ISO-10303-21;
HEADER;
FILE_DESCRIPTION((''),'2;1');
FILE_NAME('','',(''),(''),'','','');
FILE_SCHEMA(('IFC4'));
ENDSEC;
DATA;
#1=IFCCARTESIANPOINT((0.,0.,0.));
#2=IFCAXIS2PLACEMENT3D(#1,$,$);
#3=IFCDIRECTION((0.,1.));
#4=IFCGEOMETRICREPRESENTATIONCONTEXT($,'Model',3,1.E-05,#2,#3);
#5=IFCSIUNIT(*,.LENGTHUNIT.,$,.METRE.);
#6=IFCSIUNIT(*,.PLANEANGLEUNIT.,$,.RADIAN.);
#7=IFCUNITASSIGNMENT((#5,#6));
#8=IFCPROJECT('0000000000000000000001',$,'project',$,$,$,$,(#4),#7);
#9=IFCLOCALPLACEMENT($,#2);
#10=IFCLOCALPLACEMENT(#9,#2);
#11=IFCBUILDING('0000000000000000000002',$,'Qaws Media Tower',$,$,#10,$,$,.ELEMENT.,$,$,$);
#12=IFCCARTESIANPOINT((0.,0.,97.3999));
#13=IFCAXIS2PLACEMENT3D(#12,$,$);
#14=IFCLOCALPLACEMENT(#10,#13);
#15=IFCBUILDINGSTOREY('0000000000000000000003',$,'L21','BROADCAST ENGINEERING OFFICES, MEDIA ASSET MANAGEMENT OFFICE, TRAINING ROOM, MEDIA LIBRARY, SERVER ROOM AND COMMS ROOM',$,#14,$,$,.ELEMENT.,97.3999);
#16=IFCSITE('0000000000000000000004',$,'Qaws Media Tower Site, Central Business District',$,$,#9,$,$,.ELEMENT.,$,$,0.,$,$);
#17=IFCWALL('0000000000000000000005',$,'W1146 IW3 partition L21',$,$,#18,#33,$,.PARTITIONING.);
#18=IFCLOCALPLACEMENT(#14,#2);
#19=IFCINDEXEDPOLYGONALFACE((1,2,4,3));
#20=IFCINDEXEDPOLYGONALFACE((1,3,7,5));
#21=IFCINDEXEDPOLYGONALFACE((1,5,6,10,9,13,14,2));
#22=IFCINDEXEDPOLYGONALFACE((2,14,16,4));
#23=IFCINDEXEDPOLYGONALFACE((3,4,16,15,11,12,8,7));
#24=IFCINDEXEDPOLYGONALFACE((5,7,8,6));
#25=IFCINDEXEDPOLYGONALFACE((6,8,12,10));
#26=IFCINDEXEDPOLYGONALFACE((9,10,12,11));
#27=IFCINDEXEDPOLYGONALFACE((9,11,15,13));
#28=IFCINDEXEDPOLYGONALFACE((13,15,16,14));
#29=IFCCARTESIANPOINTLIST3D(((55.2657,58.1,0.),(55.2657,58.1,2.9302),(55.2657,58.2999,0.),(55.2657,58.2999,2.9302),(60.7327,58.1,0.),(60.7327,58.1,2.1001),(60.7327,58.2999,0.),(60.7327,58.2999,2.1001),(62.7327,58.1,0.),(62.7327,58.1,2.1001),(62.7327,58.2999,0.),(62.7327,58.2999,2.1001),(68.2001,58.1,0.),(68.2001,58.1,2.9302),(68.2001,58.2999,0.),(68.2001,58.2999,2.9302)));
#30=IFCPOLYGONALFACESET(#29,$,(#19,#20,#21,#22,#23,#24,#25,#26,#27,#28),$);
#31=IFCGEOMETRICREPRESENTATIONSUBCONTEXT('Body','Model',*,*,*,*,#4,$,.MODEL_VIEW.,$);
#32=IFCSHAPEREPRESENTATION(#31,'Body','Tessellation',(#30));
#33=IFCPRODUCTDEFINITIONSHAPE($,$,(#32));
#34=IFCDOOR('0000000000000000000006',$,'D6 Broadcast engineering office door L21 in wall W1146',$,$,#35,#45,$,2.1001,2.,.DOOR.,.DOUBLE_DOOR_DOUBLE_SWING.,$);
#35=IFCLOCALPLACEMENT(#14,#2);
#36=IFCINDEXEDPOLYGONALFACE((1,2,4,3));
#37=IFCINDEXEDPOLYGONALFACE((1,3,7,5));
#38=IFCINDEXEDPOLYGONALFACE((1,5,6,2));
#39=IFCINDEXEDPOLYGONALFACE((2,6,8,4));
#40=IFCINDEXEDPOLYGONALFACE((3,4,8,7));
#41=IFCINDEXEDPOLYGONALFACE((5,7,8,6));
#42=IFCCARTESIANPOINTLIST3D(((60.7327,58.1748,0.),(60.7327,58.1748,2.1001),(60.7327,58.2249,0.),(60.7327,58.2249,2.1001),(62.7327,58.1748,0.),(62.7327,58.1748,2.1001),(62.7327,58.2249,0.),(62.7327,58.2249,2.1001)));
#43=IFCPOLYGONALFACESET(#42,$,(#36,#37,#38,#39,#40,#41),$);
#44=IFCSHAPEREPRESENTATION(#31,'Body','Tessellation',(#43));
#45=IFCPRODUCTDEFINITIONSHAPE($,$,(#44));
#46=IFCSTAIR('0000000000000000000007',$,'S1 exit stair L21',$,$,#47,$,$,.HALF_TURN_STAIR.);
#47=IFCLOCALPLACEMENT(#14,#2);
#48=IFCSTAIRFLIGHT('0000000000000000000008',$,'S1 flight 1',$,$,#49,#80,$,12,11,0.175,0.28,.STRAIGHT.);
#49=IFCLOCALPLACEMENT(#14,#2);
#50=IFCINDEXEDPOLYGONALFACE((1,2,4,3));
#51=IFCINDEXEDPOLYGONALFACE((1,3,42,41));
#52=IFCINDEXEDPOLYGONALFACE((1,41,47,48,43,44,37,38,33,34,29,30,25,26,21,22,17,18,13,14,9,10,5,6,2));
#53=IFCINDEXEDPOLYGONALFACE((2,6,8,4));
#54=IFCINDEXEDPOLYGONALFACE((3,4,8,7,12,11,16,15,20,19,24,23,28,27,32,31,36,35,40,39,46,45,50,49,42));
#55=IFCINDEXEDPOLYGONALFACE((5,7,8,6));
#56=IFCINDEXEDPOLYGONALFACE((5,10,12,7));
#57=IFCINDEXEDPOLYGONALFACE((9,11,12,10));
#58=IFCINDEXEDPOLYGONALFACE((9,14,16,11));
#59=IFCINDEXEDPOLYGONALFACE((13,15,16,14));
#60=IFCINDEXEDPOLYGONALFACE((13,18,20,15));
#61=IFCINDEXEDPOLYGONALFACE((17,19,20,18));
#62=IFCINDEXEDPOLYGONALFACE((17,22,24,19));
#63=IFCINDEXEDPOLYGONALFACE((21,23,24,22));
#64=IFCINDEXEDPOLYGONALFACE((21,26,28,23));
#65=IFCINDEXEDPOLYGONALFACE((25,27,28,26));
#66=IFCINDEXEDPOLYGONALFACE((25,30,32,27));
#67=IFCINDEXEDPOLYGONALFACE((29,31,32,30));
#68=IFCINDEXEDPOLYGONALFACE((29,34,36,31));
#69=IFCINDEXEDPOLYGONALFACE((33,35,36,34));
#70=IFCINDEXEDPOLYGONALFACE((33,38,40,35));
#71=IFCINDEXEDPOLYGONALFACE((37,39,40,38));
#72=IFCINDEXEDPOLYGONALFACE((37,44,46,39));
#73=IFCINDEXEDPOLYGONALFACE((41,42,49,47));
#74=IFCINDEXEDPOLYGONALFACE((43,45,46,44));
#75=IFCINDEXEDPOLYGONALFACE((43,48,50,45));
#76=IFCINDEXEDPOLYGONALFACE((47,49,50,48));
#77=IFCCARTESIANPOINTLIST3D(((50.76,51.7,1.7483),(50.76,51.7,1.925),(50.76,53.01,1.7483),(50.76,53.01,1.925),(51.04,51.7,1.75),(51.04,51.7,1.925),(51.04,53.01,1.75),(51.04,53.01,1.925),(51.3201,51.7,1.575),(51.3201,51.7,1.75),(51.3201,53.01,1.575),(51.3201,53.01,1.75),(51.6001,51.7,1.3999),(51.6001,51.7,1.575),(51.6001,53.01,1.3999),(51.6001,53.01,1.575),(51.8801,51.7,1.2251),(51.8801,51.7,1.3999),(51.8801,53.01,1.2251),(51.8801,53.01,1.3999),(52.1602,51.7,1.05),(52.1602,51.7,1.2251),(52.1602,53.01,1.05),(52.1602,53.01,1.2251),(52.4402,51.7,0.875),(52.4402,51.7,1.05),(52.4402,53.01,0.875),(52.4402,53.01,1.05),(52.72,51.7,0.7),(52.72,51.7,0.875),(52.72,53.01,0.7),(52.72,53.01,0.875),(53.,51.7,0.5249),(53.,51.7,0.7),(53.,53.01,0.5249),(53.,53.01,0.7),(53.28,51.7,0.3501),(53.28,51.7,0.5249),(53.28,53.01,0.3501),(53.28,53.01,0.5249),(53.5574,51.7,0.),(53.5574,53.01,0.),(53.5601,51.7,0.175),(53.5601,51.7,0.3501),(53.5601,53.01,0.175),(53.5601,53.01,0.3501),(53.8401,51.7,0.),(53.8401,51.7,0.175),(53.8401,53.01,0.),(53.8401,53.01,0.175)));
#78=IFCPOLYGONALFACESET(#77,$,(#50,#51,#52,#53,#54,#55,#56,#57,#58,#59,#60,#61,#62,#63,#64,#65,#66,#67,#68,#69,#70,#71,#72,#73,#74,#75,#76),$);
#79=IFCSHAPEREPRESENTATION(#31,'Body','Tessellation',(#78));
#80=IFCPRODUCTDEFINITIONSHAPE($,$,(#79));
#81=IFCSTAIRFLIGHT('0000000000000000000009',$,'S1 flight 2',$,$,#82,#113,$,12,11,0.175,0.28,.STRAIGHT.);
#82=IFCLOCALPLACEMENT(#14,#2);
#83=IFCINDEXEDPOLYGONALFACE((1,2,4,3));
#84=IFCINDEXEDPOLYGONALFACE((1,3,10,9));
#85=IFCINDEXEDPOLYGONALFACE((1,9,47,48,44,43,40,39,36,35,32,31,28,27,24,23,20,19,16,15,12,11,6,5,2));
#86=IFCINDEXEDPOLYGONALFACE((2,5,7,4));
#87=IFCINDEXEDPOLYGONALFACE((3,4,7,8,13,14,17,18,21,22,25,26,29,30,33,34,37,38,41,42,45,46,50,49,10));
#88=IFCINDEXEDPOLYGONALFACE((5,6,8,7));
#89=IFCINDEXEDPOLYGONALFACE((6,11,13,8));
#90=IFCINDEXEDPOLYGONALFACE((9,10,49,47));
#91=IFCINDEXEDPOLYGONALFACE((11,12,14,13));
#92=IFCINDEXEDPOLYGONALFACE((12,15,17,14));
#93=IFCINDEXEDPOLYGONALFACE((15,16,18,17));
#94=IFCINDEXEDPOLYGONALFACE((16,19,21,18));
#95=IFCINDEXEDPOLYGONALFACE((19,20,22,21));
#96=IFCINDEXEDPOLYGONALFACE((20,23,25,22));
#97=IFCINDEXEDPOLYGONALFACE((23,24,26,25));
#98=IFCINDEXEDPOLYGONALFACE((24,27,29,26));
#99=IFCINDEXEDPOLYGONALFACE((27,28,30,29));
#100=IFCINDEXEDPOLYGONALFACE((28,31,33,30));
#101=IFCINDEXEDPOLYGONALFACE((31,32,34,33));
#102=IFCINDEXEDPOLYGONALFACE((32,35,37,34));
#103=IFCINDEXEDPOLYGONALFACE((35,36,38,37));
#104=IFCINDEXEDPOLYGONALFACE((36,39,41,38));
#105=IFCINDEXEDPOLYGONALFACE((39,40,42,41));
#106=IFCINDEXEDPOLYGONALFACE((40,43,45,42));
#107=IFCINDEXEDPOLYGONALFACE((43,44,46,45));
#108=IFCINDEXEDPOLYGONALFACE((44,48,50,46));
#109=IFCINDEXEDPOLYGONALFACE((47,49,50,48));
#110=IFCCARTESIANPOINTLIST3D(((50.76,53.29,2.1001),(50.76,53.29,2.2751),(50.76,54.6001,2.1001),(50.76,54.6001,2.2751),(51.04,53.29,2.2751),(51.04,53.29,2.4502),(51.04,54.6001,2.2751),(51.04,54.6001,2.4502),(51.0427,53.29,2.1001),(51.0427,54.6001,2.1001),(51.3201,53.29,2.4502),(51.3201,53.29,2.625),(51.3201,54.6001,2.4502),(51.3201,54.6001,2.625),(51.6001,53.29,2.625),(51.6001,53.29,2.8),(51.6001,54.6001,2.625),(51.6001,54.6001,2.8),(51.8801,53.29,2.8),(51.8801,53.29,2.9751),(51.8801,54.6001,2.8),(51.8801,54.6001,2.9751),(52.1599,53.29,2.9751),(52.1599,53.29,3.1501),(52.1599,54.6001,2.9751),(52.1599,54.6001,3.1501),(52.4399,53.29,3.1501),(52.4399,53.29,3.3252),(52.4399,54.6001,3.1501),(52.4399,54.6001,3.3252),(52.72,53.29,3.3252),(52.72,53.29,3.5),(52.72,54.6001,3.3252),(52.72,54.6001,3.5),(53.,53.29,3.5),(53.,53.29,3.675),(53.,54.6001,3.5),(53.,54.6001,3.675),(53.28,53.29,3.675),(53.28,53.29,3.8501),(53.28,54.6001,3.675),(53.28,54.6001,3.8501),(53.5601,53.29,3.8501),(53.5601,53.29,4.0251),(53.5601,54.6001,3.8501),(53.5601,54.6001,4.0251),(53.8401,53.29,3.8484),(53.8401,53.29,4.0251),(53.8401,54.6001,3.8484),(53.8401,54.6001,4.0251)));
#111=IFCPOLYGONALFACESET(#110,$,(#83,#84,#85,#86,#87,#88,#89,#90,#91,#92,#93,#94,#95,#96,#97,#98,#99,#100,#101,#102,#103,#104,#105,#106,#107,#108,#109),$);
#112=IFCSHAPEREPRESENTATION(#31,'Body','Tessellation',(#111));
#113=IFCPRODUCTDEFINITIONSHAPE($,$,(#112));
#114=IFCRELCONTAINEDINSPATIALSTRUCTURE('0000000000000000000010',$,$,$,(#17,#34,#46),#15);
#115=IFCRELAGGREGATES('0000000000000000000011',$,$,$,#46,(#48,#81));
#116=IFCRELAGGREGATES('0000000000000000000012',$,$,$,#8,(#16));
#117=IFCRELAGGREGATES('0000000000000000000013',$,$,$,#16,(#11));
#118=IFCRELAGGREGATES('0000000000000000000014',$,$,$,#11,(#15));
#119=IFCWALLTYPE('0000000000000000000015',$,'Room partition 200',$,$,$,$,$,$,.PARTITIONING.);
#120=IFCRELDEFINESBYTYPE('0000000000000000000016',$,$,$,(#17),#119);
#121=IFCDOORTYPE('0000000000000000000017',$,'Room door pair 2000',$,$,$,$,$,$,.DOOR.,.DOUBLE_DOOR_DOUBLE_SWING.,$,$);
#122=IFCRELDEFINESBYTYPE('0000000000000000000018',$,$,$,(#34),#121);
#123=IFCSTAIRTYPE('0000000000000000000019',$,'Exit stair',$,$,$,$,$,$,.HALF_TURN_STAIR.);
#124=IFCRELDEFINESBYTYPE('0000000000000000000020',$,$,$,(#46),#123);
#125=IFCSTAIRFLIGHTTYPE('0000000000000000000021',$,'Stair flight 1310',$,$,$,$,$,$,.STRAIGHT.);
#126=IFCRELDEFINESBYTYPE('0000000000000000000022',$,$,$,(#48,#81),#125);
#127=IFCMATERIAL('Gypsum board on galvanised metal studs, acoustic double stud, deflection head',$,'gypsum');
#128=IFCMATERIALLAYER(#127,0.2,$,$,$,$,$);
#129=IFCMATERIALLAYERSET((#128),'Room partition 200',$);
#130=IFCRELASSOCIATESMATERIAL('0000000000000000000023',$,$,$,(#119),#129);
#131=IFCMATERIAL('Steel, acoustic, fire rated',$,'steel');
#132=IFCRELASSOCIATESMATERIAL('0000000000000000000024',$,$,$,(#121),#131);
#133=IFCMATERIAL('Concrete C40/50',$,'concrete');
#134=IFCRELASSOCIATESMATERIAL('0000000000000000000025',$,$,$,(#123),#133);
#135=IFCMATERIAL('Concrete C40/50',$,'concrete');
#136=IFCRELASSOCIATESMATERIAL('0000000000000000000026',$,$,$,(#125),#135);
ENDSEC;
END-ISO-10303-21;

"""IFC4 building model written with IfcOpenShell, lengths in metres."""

from ifc_helpers import new_model, si_unit, direction, frame, frame_2d, origin, place, context, subcontext, project, spatial, polyline, rectangle, outline, extrude, material, layer, layer_set, type_object, element, fill, aggregate, save


model = new_model("IFC4")

# Units and contexts
model_context = context("Model", 3, precision=1e-05, world=origin(), true_north=direction((0.0, 1.0)))
body_context = subcontext(model_context, "Body", "Model", "MODEL_VIEW")
ifc_project = project(units=[si_unit("LENGTHUNIT", "METRE"), si_unit("PLANEANGLEUNIT", "RADIAN")], contexts=[model_context])

# Site, building, storey
site_placement = place(None, origin())
site = spatial("IfcSite", under=ifc_project, at=site_placement, Name="Qaws Media Tower Site, Central Business District", CompositionType="ELEMENT", RefElevation=0.0)
building_placement = place(site_placement, origin())
building = spatial("IfcBuilding", under=site, at=building_placement, Name="Qaws Media Tower", CompositionType="ELEMENT")
storey_placement = place(building_placement, frame((0.0, 0.0, 97.3999)))
storey = spatial("IfcBuildingStorey", under=building, at=storey_placement, Name="L21", Description="BROADCAST ENGINEERING OFFICES, MEDIA ASSET MANAGEMENT OFFICE, TRAINING ROOM, MEDIA LIBRARY, SERVER ROOM AND COMMS ROOM", CompositionType="ELEMENT", Elevation=97.3999)

# Shared definitions
ifc_material_1 = material(Name="Gypsum board on galvanised metal studs, acoustic double stud, deflection head", Category="gypsum")
ifc_layer_1 = layer(ifc_material_1, 0.2)
ifc_layer_set_1 = layer_set([ifc_layer_1], Name="Room partition 200")
wall_type_1 = type_object("IfcWallType", Name="Room partition 200", PredefinedType="PARTITIONING", material=ifc_layer_set_1)

# Wall, opening, door
wall_1_placement = place(storey_placement, frame((55.2656, 58.2, 0.0), z_axis=(0.0, 0.0, 1.0), x_axis=(1.0, 0.0, 0.0)))
wall_1 = element("IfcWall", 1, at=wall_1_placement, inside=storey, type_object=wall_type_1, Name="W1146 IW3 partition L21", PredefinedType="PARTITIONING", context=body_context, shape_type="SweptSolid", body=[
    extrude(rectangle(XDim=12.9343, YDim=0.2, at=frame_2d((6.4673, 0.0))), origin(), (0.0, 0.0, 1.0), 2.9302),
])
opening_placement = place(wall_1_placement, frame((5.467, 0.0, 0.0)))
opening = element("IfcOpeningElement", 2, at=opening_placement, cuts=wall_1, PredefinedType="OPENING", context=body_context, shape_type="SweptSolid", body=[
    extrude(rectangle(XDim=2.0, YDim=2.1001, at=frame_2d((1.0, 1.05))), frame((0.0, 0.1099, 0.0), z_axis=(0.0, -1.0, 0.0), x_axis=(1.0, 0.0, 0.0)), (0.0, 0.0, 1.0), 0.22),
])
ifc_material_2 = material(Name="Steel, acoustic, fire rated", Category="steel")
door_type = type_object("IfcDoorType", Name="Room door pair 2000", OperationType="DOUBLE_DOOR_DOUBLE_SWING", PredefinedType="DOOR", material=ifc_material_2)
door_placement = place(opening_placement, origin())
door = element("IfcDoor", 3, at=door_placement, inside=storey, type_object=door_type, Name="D6 Broadcast engineering office door L21 in wall W1146", OperationType="DOUBLE_DOOR_DOUBLE_SWING", OverallHeight=2.1001, OverallWidth=2.0, PredefinedType="DOOR", context=body_context, shape_type="SweptSolid", body=[
    extrude(rectangle(XDim=2.0, YDim=2.1001, at=frame_2d((1.0, 1.05))), frame((0.0, 0.0249, 0.0), z_axis=(0.0, -1.0, 0.0), x_axis=(1.0, 0.0, 0.0)), (0.0, 0.0, 1.0), 0.05),
])
fill(opening, door)

# Stair, stair flights
ifc_material_3 = material(Name="Concrete C40/50", Category="concrete")
stair_type = type_object("IfcStairType", Name="Exit stair", PredefinedType="HALF_TURN_STAIR", material=ifc_material_3)
stair_placement = place(storey_placement, origin())
stair = element("IfcStair", 4, at=stair_placement, inside=storey, type_object=stair_type, Name="S1 exit stair L21", PredefinedType="HALF_TURN_STAIR")
ifc_material_4 = material(Name="Concrete C40/50", Category="concrete")
stair_flight_type = type_object("IfcStairFlightType", Name="Stair flight 1310", PredefinedType="STRAIGHT", material=ifc_material_4)
stair_flight_1_placement = place(storey_placement, frame((53.8401, 52.355, 0.0), z_axis=(0.0, 0.0, 1.0), x_axis=(-1.0, 0.0, 0.0)))
stair_flight_1 = element("IfcStairFlight", 5, at=stair_flight_1_placement, type_object=stair_flight_type, Name="S1 flight 1", NumberOfRisers=12, NumberOfTreads=11, PredefinedType="STRAIGHT", RiserHeight=0.175, TreadLength=0.28, context=body_context, shape_type="SweptSolid", body=[
    extrude(outline(polyline([(0.0, 0.0), (0.0, 0.175), (0.28, 0.175), (0.28, 0.3501), (0.5601, 0.3501), (0.5601, 0.5249), (0.8401, 0.5249), (0.8401, 0.7), (1.1201, 0.7), (1.1201, 0.875), (1.3999, 0.875), (1.3999, 1.05), (1.6799, 1.05), (1.6799, 1.2251), (1.96, 1.2251), (1.96, 1.3999), (2.24, 1.3999), (2.24, 1.575), (2.52, 1.575), (2.52, 1.75), (2.8, 1.75), (2.8, 1.925), (3.0801, 1.925), (3.0801, 2.1001), (3.0801, 1.7483), (0.2827, 0.0), (0.0, 0.0)])), frame((0.0, 0.655, 0.0), z_axis=(0.0, -1.0, 0.0), x_axis=(1.0, 0.0, 0.0)), (0.0, 0.0, 1.0), 1.3101),
])
stair_flight_2_placement = place(storey_placement, frame((50.76, 53.9451, 2.1001), z_axis=(0.0, 0.0, 1.0), x_axis=(1.0, 0.0, 0.0)))
stair_flight_2 = element("IfcStairFlight", 6, at=stair_flight_2_placement, type_object=stair_flight_type, Name="S1 flight 2", NumberOfRisers=12, NumberOfTreads=11, PredefinedType="STRAIGHT", RiserHeight=0.175, TreadLength=0.28, context=body_context, shape_type="SweptSolid", body=[
    extrude(outline(polyline([(0.0, 0.0), (0.0, 0.175), (0.28, 0.175), (0.28, 0.3501), (0.5601, 0.3501), (0.5601, 0.5249), (0.8401, 0.5249), (0.8401, 0.7), (1.1201, 0.7), (1.1201, 0.875), (1.3999, 0.875), (1.3999, 1.05), (1.6799, 1.05), (1.6799, 1.2251), (1.96, 1.2251), (1.96, 1.3999), (2.24, 1.3999), (2.24, 1.575), (2.52, 1.575), (2.52, 1.75), (2.8, 1.75), (2.8, 1.925), (3.0801, 1.925), (3.0801, 2.1001), (3.0801, 1.7483), (0.2827, 0.0), (0.0, 0.0)])), frame((0.0, 0.655, 0.0), z_axis=(0.0, -1.0, 0.0), x_axis=(1.0, 0.0, 0.0)), (0.0, 0.0, 1.0), 1.3101),
])
aggregate(stair, [stair_flight_1, stair_flight_2])

save(model, "model.ifc")
